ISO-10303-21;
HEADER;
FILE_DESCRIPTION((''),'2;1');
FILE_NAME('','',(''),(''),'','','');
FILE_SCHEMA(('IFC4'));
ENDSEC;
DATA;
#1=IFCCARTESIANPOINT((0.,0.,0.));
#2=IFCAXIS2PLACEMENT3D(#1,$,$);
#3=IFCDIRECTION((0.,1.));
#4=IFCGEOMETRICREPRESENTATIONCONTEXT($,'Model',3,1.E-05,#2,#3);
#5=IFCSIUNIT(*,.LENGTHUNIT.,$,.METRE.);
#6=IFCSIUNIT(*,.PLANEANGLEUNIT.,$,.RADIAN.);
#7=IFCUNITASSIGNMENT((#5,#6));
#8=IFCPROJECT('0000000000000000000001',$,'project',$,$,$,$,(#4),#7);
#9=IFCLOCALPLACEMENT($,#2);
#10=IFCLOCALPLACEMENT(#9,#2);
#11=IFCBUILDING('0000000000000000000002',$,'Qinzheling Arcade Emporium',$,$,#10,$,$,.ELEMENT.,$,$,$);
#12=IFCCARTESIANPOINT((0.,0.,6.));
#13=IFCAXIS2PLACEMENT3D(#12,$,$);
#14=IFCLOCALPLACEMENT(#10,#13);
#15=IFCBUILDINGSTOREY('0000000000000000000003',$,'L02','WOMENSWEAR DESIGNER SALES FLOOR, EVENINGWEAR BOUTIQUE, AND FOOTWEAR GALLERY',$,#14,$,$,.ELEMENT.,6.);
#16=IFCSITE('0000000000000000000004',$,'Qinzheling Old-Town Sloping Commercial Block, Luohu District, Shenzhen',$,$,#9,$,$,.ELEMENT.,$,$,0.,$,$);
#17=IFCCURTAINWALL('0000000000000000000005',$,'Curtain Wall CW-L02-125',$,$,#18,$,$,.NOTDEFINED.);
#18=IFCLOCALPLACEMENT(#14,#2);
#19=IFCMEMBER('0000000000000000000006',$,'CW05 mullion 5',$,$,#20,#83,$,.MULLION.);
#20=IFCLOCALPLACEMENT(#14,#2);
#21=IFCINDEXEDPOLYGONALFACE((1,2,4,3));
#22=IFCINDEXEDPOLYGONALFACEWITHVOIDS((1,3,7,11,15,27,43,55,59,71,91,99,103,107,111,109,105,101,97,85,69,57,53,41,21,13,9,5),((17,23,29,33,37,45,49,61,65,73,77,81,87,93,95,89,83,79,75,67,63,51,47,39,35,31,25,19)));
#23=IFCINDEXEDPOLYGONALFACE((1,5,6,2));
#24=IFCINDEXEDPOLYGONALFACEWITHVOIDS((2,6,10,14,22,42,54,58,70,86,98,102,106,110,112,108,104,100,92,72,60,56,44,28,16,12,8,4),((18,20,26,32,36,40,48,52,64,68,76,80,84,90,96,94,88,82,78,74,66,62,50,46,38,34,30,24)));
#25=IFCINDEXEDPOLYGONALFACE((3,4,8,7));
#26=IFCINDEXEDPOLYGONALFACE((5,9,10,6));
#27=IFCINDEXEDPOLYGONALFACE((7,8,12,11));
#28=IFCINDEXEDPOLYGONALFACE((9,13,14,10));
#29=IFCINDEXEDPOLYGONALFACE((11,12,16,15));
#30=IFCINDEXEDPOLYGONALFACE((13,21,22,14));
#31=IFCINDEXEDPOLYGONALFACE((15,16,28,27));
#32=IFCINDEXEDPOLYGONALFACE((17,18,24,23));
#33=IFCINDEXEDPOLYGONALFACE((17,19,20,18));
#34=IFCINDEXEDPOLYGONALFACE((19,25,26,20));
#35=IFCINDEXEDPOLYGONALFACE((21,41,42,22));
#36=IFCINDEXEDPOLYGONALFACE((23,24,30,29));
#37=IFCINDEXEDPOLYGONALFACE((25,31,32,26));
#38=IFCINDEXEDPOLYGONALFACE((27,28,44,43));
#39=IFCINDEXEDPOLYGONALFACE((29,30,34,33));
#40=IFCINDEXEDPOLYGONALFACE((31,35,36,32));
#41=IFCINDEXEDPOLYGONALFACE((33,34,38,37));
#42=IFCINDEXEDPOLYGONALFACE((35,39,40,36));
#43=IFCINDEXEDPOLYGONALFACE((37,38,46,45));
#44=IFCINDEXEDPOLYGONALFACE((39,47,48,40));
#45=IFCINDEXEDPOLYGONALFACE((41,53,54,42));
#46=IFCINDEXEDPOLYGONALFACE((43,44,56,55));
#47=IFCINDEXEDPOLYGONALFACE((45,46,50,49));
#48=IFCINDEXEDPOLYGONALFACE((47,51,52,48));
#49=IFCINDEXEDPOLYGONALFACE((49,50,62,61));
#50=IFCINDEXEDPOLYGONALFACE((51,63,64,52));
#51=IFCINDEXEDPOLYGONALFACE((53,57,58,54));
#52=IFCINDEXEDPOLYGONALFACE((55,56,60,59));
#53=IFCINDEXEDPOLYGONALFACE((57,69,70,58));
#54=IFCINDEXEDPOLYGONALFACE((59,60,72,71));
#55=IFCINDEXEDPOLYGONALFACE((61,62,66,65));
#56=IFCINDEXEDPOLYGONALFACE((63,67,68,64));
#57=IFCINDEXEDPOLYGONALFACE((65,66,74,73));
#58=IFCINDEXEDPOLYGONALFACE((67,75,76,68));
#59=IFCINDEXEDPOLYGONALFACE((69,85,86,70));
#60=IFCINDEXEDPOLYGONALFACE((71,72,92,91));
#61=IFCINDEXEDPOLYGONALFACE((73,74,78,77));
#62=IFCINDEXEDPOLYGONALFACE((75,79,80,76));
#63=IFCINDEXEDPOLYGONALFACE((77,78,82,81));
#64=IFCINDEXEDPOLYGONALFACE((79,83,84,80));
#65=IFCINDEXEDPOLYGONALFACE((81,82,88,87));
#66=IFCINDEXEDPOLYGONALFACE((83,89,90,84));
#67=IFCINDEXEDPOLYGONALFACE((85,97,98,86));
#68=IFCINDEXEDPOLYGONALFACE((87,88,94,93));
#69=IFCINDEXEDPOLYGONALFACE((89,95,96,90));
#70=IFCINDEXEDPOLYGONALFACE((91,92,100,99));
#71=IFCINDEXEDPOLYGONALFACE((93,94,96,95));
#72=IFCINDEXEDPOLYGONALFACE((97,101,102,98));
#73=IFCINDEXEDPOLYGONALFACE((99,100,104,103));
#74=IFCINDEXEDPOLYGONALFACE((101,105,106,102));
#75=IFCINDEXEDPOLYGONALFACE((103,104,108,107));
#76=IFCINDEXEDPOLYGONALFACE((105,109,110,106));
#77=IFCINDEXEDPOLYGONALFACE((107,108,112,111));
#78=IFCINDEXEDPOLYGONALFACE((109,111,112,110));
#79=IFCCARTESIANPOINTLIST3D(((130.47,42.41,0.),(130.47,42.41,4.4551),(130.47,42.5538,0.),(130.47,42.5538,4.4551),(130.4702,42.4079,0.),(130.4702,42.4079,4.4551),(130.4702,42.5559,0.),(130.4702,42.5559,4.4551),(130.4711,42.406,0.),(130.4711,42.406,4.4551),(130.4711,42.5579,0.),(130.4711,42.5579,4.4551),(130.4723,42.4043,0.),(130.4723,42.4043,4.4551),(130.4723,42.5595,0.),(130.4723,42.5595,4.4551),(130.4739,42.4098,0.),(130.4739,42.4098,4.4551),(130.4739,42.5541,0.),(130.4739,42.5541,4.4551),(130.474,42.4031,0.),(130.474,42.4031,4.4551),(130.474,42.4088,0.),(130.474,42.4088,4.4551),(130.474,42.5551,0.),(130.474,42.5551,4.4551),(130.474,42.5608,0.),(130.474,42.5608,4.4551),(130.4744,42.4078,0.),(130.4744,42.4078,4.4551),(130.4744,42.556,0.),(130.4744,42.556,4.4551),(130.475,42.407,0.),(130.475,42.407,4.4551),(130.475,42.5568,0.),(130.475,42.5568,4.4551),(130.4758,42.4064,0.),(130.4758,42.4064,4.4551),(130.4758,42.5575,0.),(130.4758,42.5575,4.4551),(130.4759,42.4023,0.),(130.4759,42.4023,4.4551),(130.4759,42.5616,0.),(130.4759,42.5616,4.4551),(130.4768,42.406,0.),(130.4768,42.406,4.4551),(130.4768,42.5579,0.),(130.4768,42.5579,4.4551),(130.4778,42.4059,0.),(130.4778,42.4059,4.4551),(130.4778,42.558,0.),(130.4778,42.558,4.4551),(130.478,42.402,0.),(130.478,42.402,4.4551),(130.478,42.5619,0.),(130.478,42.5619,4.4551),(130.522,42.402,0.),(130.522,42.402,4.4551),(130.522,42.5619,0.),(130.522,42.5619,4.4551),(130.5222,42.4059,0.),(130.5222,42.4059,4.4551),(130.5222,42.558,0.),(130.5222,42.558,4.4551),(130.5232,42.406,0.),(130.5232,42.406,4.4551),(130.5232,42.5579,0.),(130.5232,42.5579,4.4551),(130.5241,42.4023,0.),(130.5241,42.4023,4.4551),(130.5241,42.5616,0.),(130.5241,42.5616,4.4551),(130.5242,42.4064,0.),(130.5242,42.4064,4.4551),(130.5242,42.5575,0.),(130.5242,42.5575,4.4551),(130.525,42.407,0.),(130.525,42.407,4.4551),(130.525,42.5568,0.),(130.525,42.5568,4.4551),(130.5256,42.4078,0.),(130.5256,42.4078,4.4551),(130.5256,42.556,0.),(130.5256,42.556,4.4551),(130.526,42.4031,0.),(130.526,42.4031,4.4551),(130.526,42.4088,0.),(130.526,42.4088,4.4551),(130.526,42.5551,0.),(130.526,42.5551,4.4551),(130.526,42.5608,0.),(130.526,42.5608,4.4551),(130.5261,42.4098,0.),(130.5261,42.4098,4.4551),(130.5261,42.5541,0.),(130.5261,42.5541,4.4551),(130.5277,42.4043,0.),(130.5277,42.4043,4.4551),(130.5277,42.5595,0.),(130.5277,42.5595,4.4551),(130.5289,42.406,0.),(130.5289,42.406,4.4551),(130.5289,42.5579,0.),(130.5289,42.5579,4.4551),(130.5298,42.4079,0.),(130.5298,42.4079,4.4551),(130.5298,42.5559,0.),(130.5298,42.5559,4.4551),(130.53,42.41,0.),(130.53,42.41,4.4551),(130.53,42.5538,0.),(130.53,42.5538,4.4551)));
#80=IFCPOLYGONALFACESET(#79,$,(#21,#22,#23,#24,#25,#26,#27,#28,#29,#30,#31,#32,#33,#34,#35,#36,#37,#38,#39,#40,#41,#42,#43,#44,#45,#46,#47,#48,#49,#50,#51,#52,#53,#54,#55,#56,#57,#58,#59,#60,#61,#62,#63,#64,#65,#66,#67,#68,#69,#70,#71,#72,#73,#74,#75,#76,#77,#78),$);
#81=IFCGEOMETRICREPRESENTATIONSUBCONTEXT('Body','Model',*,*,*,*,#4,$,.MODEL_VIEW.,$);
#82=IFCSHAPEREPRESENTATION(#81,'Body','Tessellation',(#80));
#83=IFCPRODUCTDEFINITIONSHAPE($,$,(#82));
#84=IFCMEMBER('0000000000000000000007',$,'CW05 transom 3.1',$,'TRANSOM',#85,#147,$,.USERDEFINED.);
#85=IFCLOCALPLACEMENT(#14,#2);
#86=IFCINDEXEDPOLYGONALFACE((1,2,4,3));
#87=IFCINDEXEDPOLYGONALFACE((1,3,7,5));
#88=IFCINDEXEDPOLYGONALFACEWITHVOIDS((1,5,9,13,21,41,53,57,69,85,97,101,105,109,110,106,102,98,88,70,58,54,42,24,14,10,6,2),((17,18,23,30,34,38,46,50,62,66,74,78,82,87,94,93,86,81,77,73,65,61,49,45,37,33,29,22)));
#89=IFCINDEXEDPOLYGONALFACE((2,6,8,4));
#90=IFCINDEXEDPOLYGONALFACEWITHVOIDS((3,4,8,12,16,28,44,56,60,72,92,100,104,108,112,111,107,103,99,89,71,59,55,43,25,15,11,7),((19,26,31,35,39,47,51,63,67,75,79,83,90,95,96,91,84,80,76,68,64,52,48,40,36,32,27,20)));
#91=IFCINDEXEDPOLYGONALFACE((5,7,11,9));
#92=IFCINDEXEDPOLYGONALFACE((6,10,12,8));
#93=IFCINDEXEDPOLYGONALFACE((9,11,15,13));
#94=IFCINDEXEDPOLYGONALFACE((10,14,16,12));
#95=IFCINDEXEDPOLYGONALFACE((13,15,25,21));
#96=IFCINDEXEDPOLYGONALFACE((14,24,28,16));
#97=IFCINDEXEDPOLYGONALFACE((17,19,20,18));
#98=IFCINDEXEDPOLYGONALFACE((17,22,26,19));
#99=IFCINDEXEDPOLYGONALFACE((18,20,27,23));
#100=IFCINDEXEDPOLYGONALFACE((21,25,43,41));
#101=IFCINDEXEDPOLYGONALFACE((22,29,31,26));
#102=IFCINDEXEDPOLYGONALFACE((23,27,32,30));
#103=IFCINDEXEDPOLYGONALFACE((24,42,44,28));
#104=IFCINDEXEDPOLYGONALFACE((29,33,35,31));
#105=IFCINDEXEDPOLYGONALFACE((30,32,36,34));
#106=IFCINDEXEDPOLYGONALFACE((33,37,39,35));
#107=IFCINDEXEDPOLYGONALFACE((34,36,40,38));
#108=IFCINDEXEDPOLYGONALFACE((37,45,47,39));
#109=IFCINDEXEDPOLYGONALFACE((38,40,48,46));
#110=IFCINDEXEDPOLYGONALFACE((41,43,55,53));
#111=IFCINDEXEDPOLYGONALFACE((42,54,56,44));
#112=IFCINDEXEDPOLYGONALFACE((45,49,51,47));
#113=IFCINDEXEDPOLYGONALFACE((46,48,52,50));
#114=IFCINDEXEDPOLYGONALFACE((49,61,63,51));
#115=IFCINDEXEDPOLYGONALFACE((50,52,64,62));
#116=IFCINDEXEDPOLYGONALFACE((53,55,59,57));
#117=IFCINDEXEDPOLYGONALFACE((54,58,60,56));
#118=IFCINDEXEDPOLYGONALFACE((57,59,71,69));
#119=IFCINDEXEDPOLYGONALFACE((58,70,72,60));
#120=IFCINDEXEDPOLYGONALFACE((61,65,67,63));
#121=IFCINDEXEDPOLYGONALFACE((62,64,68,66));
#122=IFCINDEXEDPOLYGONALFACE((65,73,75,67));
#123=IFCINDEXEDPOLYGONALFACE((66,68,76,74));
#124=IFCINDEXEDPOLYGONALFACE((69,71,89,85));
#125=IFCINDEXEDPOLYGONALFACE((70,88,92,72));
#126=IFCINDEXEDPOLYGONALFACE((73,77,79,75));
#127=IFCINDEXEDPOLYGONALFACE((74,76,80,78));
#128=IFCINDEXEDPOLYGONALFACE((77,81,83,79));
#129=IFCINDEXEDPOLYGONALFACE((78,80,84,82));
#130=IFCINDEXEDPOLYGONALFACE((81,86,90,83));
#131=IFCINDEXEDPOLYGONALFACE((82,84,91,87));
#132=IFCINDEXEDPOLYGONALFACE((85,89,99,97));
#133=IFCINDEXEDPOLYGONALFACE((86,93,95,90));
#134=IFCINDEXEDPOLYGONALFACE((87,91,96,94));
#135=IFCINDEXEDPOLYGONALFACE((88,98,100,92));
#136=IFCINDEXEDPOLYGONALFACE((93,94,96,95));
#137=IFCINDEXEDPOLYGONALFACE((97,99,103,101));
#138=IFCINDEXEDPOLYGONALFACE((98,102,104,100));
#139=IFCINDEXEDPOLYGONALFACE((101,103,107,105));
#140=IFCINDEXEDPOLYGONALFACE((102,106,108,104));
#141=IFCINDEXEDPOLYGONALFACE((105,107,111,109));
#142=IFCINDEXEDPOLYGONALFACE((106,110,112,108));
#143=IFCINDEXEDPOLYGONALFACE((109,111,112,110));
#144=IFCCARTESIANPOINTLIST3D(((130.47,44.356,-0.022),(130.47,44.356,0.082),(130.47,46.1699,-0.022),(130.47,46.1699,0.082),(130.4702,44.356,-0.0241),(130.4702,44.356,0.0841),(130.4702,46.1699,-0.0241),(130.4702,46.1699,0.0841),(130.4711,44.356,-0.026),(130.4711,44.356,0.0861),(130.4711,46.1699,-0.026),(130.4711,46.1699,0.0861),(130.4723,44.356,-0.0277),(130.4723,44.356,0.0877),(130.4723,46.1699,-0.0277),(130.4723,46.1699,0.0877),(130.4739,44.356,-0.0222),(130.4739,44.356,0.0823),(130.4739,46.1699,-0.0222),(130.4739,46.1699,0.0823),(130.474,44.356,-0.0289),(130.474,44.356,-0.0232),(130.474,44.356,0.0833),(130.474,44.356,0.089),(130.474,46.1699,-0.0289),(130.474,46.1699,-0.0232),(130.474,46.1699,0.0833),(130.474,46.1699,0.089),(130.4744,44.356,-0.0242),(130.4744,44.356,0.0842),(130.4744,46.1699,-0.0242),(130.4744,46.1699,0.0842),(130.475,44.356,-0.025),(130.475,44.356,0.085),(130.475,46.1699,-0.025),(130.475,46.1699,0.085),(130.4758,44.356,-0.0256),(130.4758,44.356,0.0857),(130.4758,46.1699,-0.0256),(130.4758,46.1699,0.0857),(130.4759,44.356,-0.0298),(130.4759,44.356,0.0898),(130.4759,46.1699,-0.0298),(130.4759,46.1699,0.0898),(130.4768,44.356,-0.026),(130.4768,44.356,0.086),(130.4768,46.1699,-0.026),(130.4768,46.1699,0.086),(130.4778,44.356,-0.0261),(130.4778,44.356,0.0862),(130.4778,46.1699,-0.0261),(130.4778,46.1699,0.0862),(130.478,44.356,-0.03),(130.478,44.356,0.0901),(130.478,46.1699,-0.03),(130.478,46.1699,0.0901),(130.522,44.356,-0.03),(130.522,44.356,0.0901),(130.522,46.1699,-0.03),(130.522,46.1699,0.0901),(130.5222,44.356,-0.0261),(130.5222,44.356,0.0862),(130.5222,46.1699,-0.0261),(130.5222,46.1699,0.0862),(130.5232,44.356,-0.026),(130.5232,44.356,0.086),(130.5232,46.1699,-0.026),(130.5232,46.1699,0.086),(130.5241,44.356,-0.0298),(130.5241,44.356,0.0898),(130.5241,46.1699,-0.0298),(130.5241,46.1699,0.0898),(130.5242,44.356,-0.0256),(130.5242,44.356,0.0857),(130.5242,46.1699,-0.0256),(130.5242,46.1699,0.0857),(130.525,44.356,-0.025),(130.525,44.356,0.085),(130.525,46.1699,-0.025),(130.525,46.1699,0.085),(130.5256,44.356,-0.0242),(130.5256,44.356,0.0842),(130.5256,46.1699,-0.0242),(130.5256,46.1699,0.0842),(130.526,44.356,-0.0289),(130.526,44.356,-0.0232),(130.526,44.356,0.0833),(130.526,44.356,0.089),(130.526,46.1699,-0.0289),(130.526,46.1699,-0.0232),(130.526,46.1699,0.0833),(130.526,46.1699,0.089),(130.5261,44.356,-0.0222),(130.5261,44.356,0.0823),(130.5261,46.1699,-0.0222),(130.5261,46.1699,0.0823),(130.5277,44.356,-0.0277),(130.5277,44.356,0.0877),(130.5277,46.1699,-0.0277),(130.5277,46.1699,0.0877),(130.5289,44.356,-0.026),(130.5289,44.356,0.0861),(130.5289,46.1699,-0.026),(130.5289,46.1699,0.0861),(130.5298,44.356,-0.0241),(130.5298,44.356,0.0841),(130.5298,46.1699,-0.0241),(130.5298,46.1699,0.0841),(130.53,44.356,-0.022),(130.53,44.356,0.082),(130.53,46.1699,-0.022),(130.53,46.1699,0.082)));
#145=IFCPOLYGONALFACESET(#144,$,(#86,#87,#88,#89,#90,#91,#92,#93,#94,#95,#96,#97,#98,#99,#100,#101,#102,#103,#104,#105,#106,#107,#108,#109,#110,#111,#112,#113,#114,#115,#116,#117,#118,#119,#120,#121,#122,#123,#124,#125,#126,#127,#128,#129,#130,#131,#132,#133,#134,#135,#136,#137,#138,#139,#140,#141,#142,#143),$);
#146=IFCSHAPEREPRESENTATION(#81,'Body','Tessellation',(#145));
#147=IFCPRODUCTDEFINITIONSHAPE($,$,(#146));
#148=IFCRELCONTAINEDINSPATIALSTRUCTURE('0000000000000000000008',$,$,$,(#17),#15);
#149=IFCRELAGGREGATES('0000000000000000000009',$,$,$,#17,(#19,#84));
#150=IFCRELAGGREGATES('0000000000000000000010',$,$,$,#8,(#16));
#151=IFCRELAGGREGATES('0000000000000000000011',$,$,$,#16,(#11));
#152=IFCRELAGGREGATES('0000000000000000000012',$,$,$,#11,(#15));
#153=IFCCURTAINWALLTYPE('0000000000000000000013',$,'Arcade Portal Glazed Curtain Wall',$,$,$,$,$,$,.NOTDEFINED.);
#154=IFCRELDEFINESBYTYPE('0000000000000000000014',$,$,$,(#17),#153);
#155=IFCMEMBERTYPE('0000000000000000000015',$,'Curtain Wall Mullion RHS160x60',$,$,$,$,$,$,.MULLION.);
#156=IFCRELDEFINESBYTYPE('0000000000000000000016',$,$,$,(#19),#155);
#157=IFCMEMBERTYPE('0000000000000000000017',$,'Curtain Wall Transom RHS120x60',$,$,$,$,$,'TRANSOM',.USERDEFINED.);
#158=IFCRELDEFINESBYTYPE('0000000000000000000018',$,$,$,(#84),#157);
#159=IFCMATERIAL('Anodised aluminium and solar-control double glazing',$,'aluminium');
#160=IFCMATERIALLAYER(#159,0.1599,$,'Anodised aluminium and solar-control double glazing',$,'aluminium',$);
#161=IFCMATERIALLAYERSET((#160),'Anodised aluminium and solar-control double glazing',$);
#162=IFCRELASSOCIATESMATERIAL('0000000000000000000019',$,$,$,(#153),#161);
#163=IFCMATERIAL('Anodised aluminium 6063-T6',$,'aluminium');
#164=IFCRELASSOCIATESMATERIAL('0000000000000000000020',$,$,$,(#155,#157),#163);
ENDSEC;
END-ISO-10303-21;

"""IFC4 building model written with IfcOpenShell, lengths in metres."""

from ifc_helpers import new_model, si_unit, direction, frame, origin, origin_2d, place, context, subcontext, project, spatial, hollow_rectangle, extrude, material, layer, layer_set, material_profile, profile_set, type_object, element, aggregate, save


model = new_model("IFC4")

# Units and contexts
model_context = context("Model", 3, precision=1e-05, world=origin(), true_north=direction((0.0, 1.0)))
body_context = subcontext(model_context, "Body", "Model", "MODEL_VIEW")
ifc_project = project(units=[si_unit("LENGTHUNIT", "METRE"), si_unit("PLANEANGLEUNIT", "RADIAN")], contexts=[model_context])

# Site, building, storey
site_placement = place(None, origin())
site = spatial("IfcSite", under=ifc_project, at=site_placement, Name="Qinzheling Old-Town Sloping Commercial Block, Luohu District, Shenzhen", CompositionType="ELEMENT", RefElevation=0.0)
building_placement = place(site_placement, origin())
building = spatial("IfcBuilding", under=site, at=building_placement, Name="Qinzheling Arcade Emporium", CompositionType="ELEMENT")
storey_placement = place(building_placement, frame((0.0, 0.0, 6.0)))
storey = spatial("IfcBuildingStorey", under=building, at=storey_placement, Name="L02", Description="WOMENSWEAR DESIGNER SALES FLOOR, EVENINGWEAR BOUTIQUE, AND FOOTWEAR GALLERY", CompositionType="ELEMENT", Elevation=6.0)

# Curtain wall, members
ifc_material_1 = material(Name="Anodised aluminium and solar-control double glazing", Category="aluminium")
ifc_layer_1 = layer(ifc_material_1, 0.1599, Name="Anodised aluminium and solar-control double glazing", Category="aluminium")
ifc_layer_set_1 = layer_set([ifc_layer_1], Name="Anodised aluminium and solar-control double glazing")
curtain_wall_type = type_object("IfcCurtainWallType", Name="Arcade Portal Glazed Curtain Wall", PredefinedType="NOTDEFINED", material=ifc_layer_set_1)
curtain_wall_placement = place(storey_placement, origin())
curtain_wall = element("IfcCurtainWall", 1, at=curtain_wall_placement, inside=storey, type_object=curtain_wall_type, Name="Curtain Wall CW-L02-125", PredefinedType="NOTDEFINED")
ifc_material_2 = material(Name="Anodised aluminium 6063-T6", Category="aluminium")
ifc_material_profile_1 = material_profile(ifc_material_2, hollow_rectangle(XDim=0.0601, YDim=0.1599, WallThickness=0.0039, InnerFilletRadius=0.0039, OuterFilletRadius=0.0081, at=origin_2d()), Name="RHS 160x60x4", Category="aluminium")
ifc_profile_set_1 = profile_set([ifc_material_profile_1], Name="Anodised aluminium 6063-T6")
member_type_1 = type_object("IfcMemberType", Name="Curtain Wall Mullion RHS160x60", PredefinedType="MULLION", material=ifc_profile_set_1)
member_1_placement = place(storey_placement, frame((130.5, 42.4819, 0.0), z_axis=(0.0, 0.0, 1.0), x_axis=(1.0, 0.0, 0.0)))
member_1 = element("IfcMember", 2, at=member_1_placement, type_object=member_type_1, Name="CW05 mullion 5", PredefinedType="MULLION", context=body_context, shape_type="SweptSolid", body=[
    extrude(hollow_rectangle(XDim=0.0601, YDim=0.1599, WallThickness=0.0039, InnerFilletRadius=0.0039, OuterFilletRadius=0.0081, at=origin_2d()), origin(), (0.0, 0.0, 1.0), 4.4551),
])
ifc_material_profile_2 = material_profile(ifc_material_2, hollow_rectangle(XDim=0.0601, YDim=0.1201, WallThickness=0.0039, InnerFilletRadius=0.0039, OuterFilletRadius=0.0081, at=origin_2d()), Name="RHS 120x60x4", Category="aluminium")
ifc_profile_set_2 = profile_set([ifc_material_profile_2], Name="Anodised aluminium 6063-T6")
member_type_2 = type_object("IfcMemberType", Name="Curtain Wall Transom RHS120x60", ElementType="TRANSOM", PredefinedType="USERDEFINED", material=ifc_profile_set_2)
member_2_placement = place(storey_placement, frame((130.5, 46.1699, 0.03), z_axis=(0.0, -1.0, 0.0), x_axis=(1.0, 0.0, 0.0)))
member_2 = element("IfcMember", 3, at=member_2_placement, type_object=member_type_2, Name="CW05 transom 3.1", ObjectType="TRANSOM", PredefinedType="USERDEFINED", context=body_context, shape_type="SweptSolid", body=[
    extrude(hollow_rectangle(XDim=0.0601, YDim=0.1201, WallThickness=0.0039, InnerFilletRadius=0.0039, OuterFilletRadius=0.0081, at=origin_2d()), origin(), (0.0, 0.0, 1.0), 1.814),
])

aggregate(curtain_wall, [member_1, member_2])

save(model, "model.ifc")
